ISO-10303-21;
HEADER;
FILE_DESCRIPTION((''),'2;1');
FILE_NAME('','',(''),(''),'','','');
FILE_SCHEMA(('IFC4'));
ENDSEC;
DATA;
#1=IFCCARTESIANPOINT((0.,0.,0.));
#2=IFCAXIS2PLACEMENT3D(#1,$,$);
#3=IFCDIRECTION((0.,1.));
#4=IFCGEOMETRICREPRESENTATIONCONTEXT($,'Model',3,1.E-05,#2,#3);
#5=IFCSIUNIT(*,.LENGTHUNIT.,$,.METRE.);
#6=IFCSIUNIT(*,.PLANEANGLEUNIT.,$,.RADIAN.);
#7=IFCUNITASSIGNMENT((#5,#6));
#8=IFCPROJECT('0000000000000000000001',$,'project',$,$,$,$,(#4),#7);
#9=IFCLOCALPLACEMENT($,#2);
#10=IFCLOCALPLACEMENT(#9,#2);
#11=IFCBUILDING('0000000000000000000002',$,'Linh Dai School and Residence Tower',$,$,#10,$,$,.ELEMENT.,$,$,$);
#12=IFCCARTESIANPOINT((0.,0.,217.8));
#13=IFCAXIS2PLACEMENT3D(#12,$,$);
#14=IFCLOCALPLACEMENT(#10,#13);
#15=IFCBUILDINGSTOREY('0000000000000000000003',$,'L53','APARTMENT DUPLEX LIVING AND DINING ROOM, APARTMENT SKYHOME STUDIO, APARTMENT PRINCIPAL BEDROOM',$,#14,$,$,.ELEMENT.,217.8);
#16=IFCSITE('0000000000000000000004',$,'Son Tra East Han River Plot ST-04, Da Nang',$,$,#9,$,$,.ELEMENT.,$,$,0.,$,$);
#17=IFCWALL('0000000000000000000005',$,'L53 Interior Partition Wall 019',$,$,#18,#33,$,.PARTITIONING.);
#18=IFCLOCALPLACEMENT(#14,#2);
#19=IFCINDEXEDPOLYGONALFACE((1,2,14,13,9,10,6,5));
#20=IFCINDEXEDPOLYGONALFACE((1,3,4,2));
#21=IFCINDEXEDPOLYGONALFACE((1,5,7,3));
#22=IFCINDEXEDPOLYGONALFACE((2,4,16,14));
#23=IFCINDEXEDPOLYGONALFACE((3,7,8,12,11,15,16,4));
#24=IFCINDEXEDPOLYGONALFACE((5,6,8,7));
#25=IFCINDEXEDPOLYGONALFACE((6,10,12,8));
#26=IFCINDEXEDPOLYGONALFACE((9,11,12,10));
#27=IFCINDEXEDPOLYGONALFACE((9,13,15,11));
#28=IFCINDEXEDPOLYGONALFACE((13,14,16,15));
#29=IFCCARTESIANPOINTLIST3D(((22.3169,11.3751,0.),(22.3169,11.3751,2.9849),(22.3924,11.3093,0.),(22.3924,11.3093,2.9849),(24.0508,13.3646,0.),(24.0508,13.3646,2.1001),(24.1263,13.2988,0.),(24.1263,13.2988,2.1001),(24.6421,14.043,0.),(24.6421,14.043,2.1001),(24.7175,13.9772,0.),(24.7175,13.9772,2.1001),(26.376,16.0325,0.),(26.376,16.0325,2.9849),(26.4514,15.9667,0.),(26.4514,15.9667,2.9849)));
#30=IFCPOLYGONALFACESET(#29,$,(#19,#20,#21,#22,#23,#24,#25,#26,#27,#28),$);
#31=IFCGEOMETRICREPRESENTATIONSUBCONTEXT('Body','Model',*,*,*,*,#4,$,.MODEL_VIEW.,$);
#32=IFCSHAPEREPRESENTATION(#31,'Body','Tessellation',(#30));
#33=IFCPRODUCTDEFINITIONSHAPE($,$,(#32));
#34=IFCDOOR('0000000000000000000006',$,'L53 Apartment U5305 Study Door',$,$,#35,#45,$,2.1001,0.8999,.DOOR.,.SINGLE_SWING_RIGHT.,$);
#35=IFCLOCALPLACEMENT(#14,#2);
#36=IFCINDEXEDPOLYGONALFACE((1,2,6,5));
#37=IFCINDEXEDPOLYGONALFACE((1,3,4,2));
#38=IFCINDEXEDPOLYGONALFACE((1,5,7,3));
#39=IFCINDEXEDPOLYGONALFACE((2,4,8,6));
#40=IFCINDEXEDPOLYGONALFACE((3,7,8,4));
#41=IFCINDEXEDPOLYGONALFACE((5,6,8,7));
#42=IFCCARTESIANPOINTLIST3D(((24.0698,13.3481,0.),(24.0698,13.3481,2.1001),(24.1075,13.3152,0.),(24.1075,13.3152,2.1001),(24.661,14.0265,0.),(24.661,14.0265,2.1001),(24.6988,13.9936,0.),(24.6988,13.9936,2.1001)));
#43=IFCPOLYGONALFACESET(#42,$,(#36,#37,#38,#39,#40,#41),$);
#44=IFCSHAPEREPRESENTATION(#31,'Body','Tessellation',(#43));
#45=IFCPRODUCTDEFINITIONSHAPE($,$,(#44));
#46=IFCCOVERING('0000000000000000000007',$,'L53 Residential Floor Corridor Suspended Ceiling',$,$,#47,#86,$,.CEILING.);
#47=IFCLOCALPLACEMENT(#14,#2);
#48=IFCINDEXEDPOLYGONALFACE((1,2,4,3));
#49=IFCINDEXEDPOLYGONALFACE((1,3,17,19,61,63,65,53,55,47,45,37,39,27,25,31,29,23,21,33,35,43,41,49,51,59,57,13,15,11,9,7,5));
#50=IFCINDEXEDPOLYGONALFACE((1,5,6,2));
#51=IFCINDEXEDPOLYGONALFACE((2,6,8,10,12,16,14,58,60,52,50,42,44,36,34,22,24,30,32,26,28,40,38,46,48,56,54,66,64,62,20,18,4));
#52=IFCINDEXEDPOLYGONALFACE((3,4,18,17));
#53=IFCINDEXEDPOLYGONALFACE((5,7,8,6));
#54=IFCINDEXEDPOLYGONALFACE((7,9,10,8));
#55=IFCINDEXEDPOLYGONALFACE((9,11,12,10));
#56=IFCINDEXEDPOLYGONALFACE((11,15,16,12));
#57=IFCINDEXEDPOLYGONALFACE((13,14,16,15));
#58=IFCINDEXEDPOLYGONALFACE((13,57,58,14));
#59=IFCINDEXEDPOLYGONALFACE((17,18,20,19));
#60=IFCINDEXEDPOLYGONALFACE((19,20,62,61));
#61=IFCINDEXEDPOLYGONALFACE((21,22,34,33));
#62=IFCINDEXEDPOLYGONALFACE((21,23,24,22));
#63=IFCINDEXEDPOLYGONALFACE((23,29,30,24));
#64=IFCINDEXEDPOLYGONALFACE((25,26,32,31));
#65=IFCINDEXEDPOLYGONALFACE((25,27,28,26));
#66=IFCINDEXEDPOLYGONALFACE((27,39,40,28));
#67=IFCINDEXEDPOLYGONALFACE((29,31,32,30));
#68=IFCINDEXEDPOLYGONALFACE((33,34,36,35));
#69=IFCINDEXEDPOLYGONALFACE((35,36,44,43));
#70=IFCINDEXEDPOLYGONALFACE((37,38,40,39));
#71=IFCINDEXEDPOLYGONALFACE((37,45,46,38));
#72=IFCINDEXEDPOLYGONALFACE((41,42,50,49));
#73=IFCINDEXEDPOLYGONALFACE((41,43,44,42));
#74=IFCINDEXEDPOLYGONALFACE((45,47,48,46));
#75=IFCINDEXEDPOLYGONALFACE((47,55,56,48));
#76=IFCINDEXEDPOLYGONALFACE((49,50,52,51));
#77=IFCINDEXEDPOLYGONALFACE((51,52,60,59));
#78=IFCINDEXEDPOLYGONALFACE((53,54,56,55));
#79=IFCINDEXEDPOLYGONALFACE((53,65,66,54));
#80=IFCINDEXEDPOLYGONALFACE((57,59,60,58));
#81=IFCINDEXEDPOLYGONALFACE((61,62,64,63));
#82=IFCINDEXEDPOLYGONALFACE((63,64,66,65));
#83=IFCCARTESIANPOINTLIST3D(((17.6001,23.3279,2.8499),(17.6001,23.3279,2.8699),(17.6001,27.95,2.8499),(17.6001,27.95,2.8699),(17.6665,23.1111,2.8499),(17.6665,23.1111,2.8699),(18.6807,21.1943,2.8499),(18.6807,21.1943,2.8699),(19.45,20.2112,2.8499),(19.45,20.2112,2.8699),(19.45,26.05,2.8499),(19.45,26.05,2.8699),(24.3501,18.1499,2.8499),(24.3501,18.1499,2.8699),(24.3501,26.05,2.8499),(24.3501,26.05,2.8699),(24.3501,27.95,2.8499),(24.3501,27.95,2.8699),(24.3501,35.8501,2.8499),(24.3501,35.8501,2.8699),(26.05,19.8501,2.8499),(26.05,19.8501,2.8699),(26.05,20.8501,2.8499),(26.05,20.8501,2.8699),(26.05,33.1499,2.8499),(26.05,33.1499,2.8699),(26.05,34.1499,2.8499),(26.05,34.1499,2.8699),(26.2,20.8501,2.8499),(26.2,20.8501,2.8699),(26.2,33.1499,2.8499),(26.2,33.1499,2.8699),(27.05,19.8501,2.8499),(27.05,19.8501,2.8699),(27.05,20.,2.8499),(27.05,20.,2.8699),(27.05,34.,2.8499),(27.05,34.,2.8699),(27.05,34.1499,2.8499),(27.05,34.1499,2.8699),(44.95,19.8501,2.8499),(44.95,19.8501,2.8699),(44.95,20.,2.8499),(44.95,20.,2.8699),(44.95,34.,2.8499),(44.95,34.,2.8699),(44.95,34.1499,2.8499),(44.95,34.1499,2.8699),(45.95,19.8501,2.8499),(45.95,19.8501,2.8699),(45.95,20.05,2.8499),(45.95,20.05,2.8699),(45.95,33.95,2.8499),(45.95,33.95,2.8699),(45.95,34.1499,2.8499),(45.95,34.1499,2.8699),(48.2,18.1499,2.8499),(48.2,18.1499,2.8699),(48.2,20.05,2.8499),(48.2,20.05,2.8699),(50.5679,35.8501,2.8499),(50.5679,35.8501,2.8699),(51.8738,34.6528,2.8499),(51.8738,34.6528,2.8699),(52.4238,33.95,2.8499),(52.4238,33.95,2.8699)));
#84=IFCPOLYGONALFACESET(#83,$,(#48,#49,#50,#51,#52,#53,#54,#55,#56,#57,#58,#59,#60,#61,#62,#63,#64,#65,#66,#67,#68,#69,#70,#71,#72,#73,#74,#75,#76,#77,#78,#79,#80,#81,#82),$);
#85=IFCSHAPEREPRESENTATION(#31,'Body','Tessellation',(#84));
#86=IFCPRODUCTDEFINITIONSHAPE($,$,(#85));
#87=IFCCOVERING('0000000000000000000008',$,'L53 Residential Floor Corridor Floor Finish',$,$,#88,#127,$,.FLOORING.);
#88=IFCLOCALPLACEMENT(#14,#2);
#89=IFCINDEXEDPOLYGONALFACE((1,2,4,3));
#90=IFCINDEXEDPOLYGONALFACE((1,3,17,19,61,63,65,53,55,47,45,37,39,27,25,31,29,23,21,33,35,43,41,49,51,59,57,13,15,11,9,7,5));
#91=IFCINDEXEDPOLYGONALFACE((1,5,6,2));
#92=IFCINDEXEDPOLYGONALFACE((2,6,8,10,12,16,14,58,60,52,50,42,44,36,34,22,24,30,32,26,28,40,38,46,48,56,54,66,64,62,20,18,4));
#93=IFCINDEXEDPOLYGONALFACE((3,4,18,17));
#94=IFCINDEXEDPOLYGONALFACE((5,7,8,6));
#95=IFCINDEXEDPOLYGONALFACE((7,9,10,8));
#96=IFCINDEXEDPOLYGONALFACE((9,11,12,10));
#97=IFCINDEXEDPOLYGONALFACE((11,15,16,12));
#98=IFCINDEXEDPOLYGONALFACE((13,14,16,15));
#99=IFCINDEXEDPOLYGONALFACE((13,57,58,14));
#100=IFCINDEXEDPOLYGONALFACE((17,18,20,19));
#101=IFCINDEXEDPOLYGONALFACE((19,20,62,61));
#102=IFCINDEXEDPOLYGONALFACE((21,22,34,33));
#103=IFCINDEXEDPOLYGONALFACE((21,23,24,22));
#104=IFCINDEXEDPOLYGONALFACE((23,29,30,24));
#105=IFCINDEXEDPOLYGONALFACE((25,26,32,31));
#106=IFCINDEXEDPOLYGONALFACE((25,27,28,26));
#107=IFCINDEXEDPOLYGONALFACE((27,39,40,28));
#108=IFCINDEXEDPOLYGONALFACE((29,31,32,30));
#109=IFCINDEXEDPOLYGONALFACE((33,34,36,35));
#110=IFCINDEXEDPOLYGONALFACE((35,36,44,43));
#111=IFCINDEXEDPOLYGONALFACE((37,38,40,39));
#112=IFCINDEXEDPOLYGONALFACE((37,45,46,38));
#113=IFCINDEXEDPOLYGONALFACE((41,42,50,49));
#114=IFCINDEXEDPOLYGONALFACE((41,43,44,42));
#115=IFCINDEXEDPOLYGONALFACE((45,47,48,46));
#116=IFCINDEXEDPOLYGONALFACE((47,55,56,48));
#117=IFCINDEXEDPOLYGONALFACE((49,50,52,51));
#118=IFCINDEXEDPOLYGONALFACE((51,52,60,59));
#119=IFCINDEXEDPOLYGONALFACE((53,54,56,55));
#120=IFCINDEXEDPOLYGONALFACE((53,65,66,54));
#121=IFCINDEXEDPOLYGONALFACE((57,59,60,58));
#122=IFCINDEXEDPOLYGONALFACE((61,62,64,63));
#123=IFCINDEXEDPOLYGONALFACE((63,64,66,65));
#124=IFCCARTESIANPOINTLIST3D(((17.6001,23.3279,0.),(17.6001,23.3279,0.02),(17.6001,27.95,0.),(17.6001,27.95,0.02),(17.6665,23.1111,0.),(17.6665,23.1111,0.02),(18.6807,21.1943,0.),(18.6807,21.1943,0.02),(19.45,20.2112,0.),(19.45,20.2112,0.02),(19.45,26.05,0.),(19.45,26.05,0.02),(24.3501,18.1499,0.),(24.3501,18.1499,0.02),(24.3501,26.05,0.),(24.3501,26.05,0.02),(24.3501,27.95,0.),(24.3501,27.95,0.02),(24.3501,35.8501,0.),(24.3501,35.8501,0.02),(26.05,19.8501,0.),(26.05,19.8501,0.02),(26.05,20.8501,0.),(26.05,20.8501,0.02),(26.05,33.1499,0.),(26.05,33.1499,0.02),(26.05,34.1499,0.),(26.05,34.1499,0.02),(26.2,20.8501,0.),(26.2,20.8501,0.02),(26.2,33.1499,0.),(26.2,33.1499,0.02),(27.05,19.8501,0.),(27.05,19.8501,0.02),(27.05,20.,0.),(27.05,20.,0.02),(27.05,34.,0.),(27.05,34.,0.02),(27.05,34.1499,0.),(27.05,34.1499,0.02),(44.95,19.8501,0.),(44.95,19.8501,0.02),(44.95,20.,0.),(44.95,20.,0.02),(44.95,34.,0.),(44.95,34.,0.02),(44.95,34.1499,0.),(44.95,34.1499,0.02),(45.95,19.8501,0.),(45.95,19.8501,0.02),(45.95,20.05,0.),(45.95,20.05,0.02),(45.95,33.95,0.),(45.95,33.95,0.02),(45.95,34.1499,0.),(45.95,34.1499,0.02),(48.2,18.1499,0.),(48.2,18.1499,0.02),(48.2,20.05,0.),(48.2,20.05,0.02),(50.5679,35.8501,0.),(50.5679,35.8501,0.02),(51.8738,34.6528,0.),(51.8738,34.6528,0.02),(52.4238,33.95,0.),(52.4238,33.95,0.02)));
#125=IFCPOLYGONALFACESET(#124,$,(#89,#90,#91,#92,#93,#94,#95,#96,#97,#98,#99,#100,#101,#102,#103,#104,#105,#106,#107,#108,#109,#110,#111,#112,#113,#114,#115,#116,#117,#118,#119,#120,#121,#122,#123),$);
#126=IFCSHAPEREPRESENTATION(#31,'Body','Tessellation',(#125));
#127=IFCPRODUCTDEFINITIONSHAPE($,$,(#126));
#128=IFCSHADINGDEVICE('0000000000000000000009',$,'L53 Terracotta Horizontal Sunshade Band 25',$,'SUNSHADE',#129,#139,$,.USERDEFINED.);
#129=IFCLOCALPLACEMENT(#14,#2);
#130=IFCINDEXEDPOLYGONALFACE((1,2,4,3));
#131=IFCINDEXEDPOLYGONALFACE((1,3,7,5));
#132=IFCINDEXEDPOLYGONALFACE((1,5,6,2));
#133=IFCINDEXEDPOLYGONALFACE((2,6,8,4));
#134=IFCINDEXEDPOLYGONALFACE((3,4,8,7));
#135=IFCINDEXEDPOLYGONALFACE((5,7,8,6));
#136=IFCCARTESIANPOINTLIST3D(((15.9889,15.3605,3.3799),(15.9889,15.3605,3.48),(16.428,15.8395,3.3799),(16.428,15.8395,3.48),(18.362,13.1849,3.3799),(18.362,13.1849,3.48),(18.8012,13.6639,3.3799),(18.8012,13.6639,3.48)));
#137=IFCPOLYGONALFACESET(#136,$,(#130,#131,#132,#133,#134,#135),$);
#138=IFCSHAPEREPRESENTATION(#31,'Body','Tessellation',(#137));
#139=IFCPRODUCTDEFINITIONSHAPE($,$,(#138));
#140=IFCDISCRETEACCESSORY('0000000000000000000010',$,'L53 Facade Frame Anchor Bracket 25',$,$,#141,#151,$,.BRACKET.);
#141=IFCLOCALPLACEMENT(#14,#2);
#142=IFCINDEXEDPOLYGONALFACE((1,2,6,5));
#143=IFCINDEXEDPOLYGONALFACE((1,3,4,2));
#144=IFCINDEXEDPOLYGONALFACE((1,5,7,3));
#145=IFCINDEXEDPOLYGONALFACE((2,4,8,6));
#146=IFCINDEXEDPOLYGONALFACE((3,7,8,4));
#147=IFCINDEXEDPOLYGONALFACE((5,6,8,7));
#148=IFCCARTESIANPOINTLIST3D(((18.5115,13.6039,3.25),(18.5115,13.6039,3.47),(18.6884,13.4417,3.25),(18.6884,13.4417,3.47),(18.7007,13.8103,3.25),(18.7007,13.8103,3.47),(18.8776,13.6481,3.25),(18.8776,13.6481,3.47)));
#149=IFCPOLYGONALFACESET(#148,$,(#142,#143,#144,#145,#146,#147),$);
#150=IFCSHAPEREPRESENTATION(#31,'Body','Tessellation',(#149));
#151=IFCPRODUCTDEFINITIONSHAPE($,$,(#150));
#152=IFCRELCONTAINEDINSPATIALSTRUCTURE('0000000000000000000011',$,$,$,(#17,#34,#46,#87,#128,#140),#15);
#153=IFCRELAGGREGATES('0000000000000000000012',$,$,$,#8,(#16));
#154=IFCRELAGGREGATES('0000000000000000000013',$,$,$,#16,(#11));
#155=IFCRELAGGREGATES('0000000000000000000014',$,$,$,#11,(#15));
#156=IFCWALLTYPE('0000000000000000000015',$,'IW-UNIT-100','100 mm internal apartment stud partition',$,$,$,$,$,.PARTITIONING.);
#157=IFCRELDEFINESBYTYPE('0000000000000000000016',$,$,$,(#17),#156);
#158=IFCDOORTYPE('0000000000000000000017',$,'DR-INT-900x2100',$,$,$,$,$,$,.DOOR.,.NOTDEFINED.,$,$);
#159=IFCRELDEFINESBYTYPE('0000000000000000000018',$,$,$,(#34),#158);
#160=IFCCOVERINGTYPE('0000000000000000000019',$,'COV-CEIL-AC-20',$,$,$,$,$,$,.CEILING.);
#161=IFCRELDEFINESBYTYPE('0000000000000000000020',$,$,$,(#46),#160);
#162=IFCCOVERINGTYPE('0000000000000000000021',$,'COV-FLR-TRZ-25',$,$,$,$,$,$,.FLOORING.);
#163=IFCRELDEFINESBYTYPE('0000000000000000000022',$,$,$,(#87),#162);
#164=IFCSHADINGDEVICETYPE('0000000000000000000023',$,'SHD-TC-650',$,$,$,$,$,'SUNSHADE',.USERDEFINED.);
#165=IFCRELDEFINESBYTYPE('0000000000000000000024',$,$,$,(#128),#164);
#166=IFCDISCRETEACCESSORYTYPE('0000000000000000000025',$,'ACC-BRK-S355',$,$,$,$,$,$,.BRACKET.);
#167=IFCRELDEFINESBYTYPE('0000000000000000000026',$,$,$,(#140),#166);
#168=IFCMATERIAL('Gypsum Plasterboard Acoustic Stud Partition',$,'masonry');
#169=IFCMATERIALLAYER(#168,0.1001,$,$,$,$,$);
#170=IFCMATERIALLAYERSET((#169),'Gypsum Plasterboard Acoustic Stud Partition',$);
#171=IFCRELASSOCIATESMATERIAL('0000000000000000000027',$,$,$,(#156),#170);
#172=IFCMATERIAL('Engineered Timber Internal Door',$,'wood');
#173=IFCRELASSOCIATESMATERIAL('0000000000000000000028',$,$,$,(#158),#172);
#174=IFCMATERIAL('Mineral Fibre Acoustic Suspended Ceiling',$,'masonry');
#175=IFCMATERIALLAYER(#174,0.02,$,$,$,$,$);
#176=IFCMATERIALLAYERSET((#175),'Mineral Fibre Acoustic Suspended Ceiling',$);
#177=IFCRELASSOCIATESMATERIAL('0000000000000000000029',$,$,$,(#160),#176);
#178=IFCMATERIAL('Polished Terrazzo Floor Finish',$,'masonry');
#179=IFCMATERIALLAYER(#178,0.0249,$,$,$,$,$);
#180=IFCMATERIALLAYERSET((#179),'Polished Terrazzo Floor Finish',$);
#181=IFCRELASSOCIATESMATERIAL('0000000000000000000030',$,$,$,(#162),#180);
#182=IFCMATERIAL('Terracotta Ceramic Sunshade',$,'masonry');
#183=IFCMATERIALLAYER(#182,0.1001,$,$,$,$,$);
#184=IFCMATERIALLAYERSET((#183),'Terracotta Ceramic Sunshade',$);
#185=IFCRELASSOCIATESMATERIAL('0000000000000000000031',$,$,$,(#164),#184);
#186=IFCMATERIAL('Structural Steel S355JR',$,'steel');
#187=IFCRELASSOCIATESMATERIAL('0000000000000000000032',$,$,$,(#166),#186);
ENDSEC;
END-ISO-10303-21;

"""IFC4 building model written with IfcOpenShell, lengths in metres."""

from ifc_helpers import new_model, si_unit, direction, frame, frame_2d, origin, origin_2d, place, context, subcontext, project, spatial, polyline, rectangle, outline, extrude, source, transform, mapped, material, layer, layer_set, type_object, element, fill, save


model = new_model("IFC4")

# Units and contexts
model_context = context("Model", 3, precision=1e-05, world=origin(), true_north=direction((0.0, 1.0)))
body_context = subcontext(model_context, "Body", "Model", "MODEL_VIEW")
ifc_project = project(units=[si_unit("LENGTHUNIT", "METRE"), si_unit("PLANEANGLEUNIT", "RADIAN")], contexts=[model_context])

# Site, building, storey
site_placement = place(None, origin())
site = spatial("IfcSite", under=ifc_project, at=site_placement, Name="Son Tra East Han River Plot ST-04, Da Nang", CompositionType="ELEMENT", RefElevation=0.0)
building_placement = place(site_placement, origin())
building = spatial("IfcBuilding", under=site, at=building_placement, Name="Linh Dai School and Residence Tower", CompositionType="ELEMENT")
storey_placement = place(building_placement, frame((0.0, 0.0, 217.8)))
storey = spatial("IfcBuildingStorey", under=building, at=storey_placement, Name="L53", Description="APARTMENT DUPLEX LIVING AND DINING ROOM, APARTMENT SKYHOME STUDIO, APARTMENT PRINCIPAL BEDROOM", CompositionType="ELEMENT", Elevation=217.8)

# Shared definitions
ifc_material_1 = material(Name="Structural Steel S355JR", Category="steel")

# Shared definitions
ifc_material_2 = material(Name="Gypsum Plasterboard Acoustic Stud Partition", Category="masonry")
ifc_layer_1 = layer(ifc_material_2, 0.1001)
ifc_layer_set_1 = layer_set([ifc_layer_1], Name="Gypsum Plasterboard Acoustic Stud Partition")
wall_type_1 = type_object("IfcWallType", Name="IW-UNIT-100", Description="100 mm internal apartment stud partition", PredefinedType="PARTITIONING", material=ifc_layer_set_1)

# Wall, opening, door
wall_1_placement = place(storey_placement, frame((22.3547, 11.3423, 0.0), z_axis=(0.0, 0.0, 1.0), x_axis=(0.657018, 0.753875, 0.0)))
wall_1 = element("IfcWall", 1, at=wall_1_placement, inside=storey, type_object=wall_type_1, Name="L53 Interior Partition Wall 019", PredefinedType="PARTITIONING", context=body_context, shape_type="SweptSolid", body=[
    extrude(rectangle(XDim=6.178, YDim=0.1001, at=frame_2d((3.0889, 0.0))), origin(), (0.0, 0.0, 1.0), 2.9849),
])
opening_1_placement = place(wall_1_placement, frame((2.6389, 0.0, 0.0)))
opening_1 = element("IfcOpeningElement", 2, at=opening_1_placement, cuts=wall_1, PredefinedType="OPENING", context=body_context, shape_type="SweptSolid", body=[
    extrude(rectangle(XDim=0.8999, YDim=2.1001, at=origin_2d()), frame((0.45, 0.0601, 1.05), z_axis=(0.0, -1.0, 0.0), x_axis=(1.0, 0.0, 0.0)), (0.0, 0.0, 1.0), 0.1201),
])
ifc_material_3 = material(Name="Engineered Timber Internal Door", Category="wood")
door_type_1 = type_object("IfcDoorType", Name="DR-INT-900x2100", OperationType="NOTDEFINED", PredefinedType="DOOR", material=ifc_material_3)
shared_shape_1 = source(origin(), body_context, "Body", "SweptSolid", [
    extrude(rectangle(XDim=0.8999, YDim=2.1001, at=origin_2d()), frame((0.45, 0.0249, 1.05), z_axis=(0.0, -1.0, 0.0), x_axis=(1.0, 0.0, 0.0)), (0.0, 0.0, 1.0), 0.05),
])
door_1_placement = place(opening_1_placement, origin())
door_1 = element("IfcDoor", 3, at=door_1_placement, inside=storey, type_object=door_type_1, Name="L53 Apartment U5305 Study Door", OperationType="SINGLE_SWING_RIGHT", OverallHeight=2.1001, OverallWidth=0.8999, PredefinedType="DOOR", context=body_context, shape_type="MappedRepresentation", body=[
    mapped(shared_shape_1, transform((0.0, 0.0, 0.0), x_axis=(1.0, 0.0, 0.0), y_axis=(0.0, 1.0, 0.0), z_axis=(0.0, 0.0, 1.0), scale=1.0)),
])
fill(opening_1, door_1)

# Coverings
ifc_material_4 = material(Name="Mineral Fibre Acoustic Suspended Ceiling", Category="masonry")
ifc_layer_2 = layer(ifc_material_4, 0.02)
ifc_layer_set_2 = layer_set([ifc_layer_2], Name="Mineral Fibre Acoustic Suspended Ceiling")
covering_type_1 = type_object("IfcCoveringType", Name="COV-CEIL-AC-20", PredefinedType="CEILING", material=ifc_layer_set_2)
covering_1_placement = place(storey_placement, frame((0.0, 0.0, 2.8499)))
element("IfcCovering", 4, at=covering_1_placement, inside=storey, type_object=covering_type_1, Name="L53 Residential Floor Corridor Suspended Ceiling", PredefinedType="CEILING", context=body_context, shape_type="SweptSolid", body=[
    extrude(outline(polyline([(19.45, 20.2112), (18.6807, 21.1943), (17.6665, 23.1111), (17.6001, 23.3279), (17.6001, 27.95), (24.3501, 27.95), (24.3501, 35.8501), (50.5679, 35.8501), (51.8738, 34.6528), (52.4238, 33.95), (45.95, 33.95), (45.95, 34.1499), (44.95, 34.1499), (44.95, 34.0), (27.05, 34.0), (27.05, 34.1499), (26.05, 34.1499), (26.05, 33.1499), (26.2, 33.1499), (26.2, 20.8501), (26.05, 20.8501), (26.05, 19.8501), (27.05, 19.8501), (27.05, 20.0), (44.95, 20.0), (44.95, 19.8501), (45.95, 19.8501), (45.95, 20.05), (48.2, 20.05), (48.2, 18.1499), (24.3501, 18.1499), (24.3501, 26.05), (19.45, 26.05), (19.45, 20.2112)])), origin(), (0.0, 0.0, 1.0), 0.02),
])
ifc_material_5 = material(Name="Polished Terrazzo Floor Finish", Category="masonry")
ifc_layer_3 = layer(ifc_material_5, 0.0249)
ifc_layer_set_3 = layer_set([ifc_layer_3], Name="Polished Terrazzo Floor Finish")
covering_type_2 = type_object("IfcCoveringType", Name="COV-FLR-TRZ-25", PredefinedType="FLOORING", material=ifc_layer_set_3)
covering_2_placement = place(storey_placement, origin())
element("IfcCovering", 5, at=covering_2_placement, inside=storey, type_object=covering_type_2, Name="L53 Residential Floor Corridor Floor Finish", PredefinedType="FLOORING", context=body_context, shape_type="SweptSolid", body=[
    extrude(outline(polyline([(19.45, 20.2112), (18.6807, 21.1943), (17.6665, 23.1111), (17.6001, 23.3279), (17.6001, 27.95), (24.3501, 27.95), (24.3501, 35.8501), (50.5679, 35.8501), (51.8738, 34.6528), (52.4238, 33.95), (45.95, 33.95), (45.95, 34.1499), (44.95, 34.1499), (44.95, 34.0), (27.05, 34.0), (27.05, 34.1499), (26.05, 34.1499), (26.05, 33.1499), (26.2, 33.1499), (26.2, 20.8501), (26.05, 20.8501), (26.05, 19.8501), (27.05, 19.8501), (27.05, 20.0), (44.95, 20.0), (44.95, 19.8501), (45.95, 19.8501), (45.95, 20.05), (48.2, 20.05), (48.2, 18.1499), (24.3501, 18.1499), (24.3501, 26.05), (19.45, 26.05), (19.45, 20.2112)])), origin(), (0.0, 0.0, 1.0), 0.02),
])

# Shading device
ifc_material_6 = material(Name="Terracotta Ceramic Sunshade", Category="masonry")
ifc_layer_4 = layer(ifc_material_6, 0.1001)
ifc_layer_set_4 = layer_set([ifc_layer_4], Name="Terracotta Ceramic Sunshade")
shading_device_type = type_object("IfcShadingDeviceType", Name="SHD-TC-650", ElementType="SUNSHADE", PredefinedType="USERDEFINED", material=ifc_layer_set_4)
shared_shape_2 = source(origin(), body_context, "Body", "SweptSolid", [
    extrude(rectangle(XDim=3.2195, YDim=0.6499, at=origin_2d()), origin(), (0.0, 0.0, 1.0), 0.1001),
])
shading_device_placement = place(storey_placement, frame((17.395, 14.5122, 3.3799), z_axis=(0.0, 0.0, 1.0), x_axis=(-0.737125, 0.675756, 0.0)))
element("IfcShadingDevice", 6, at=shading_device_placement, inside=storey, type_object=shading_device_type, Name="L53 Terracotta Horizontal Sunshade Band 25", ObjectType="SUNSHADE", PredefinedType="USERDEFINED", context=body_context, shape_type="MappedRepresentation", body=[
    mapped(shared_shape_2, transform((0.0, 0.0, 0.0), x_axis=(1.0, 0.0, 0.0), y_axis=(0.0, 1.0, 0.0), z_axis=(0.0, 0.0, 1.0), scale=1.0)),
])

# Discrete accessory
discrete_accessory_type = type_object("IfcDiscreteAccessoryType", Name="ACC-BRK-S355", PredefinedType="BRACKET", material=ifc_material_1)
shared_shape_3 = source(origin(), body_context, "Body", "SweptSolid", [
    extrude(rectangle(XDim=0.28, YDim=0.24, at=origin_2d()), origin(), (0.0, 0.0, 1.0), 0.22),
])
discrete_accessory_placement = place(storey_placement, frame((18.6946, 13.626, 3.25), z_axis=(0.0, 0.0, 1.0), x_axis=(-0.675756, -0.737125, 0.0)))
element("IfcDiscreteAccessory", 7, at=discrete_accessory_placement, inside=storey, type_object=discrete_accessory_type, Name="L53 Facade Frame Anchor Bracket 25", PredefinedType="BRACKET", context=body_context, shape_type="MappedRepresentation", body=[
    mapped(shared_shape_3, transform((0.0, 0.0, 0.0), x_axis=(1.0, 0.0, 0.0), y_axis=(0.0, 1.0, 0.0), z_axis=(0.0, 0.0, 1.0), scale=1.0)),
])

save(model, "model.ifc")
